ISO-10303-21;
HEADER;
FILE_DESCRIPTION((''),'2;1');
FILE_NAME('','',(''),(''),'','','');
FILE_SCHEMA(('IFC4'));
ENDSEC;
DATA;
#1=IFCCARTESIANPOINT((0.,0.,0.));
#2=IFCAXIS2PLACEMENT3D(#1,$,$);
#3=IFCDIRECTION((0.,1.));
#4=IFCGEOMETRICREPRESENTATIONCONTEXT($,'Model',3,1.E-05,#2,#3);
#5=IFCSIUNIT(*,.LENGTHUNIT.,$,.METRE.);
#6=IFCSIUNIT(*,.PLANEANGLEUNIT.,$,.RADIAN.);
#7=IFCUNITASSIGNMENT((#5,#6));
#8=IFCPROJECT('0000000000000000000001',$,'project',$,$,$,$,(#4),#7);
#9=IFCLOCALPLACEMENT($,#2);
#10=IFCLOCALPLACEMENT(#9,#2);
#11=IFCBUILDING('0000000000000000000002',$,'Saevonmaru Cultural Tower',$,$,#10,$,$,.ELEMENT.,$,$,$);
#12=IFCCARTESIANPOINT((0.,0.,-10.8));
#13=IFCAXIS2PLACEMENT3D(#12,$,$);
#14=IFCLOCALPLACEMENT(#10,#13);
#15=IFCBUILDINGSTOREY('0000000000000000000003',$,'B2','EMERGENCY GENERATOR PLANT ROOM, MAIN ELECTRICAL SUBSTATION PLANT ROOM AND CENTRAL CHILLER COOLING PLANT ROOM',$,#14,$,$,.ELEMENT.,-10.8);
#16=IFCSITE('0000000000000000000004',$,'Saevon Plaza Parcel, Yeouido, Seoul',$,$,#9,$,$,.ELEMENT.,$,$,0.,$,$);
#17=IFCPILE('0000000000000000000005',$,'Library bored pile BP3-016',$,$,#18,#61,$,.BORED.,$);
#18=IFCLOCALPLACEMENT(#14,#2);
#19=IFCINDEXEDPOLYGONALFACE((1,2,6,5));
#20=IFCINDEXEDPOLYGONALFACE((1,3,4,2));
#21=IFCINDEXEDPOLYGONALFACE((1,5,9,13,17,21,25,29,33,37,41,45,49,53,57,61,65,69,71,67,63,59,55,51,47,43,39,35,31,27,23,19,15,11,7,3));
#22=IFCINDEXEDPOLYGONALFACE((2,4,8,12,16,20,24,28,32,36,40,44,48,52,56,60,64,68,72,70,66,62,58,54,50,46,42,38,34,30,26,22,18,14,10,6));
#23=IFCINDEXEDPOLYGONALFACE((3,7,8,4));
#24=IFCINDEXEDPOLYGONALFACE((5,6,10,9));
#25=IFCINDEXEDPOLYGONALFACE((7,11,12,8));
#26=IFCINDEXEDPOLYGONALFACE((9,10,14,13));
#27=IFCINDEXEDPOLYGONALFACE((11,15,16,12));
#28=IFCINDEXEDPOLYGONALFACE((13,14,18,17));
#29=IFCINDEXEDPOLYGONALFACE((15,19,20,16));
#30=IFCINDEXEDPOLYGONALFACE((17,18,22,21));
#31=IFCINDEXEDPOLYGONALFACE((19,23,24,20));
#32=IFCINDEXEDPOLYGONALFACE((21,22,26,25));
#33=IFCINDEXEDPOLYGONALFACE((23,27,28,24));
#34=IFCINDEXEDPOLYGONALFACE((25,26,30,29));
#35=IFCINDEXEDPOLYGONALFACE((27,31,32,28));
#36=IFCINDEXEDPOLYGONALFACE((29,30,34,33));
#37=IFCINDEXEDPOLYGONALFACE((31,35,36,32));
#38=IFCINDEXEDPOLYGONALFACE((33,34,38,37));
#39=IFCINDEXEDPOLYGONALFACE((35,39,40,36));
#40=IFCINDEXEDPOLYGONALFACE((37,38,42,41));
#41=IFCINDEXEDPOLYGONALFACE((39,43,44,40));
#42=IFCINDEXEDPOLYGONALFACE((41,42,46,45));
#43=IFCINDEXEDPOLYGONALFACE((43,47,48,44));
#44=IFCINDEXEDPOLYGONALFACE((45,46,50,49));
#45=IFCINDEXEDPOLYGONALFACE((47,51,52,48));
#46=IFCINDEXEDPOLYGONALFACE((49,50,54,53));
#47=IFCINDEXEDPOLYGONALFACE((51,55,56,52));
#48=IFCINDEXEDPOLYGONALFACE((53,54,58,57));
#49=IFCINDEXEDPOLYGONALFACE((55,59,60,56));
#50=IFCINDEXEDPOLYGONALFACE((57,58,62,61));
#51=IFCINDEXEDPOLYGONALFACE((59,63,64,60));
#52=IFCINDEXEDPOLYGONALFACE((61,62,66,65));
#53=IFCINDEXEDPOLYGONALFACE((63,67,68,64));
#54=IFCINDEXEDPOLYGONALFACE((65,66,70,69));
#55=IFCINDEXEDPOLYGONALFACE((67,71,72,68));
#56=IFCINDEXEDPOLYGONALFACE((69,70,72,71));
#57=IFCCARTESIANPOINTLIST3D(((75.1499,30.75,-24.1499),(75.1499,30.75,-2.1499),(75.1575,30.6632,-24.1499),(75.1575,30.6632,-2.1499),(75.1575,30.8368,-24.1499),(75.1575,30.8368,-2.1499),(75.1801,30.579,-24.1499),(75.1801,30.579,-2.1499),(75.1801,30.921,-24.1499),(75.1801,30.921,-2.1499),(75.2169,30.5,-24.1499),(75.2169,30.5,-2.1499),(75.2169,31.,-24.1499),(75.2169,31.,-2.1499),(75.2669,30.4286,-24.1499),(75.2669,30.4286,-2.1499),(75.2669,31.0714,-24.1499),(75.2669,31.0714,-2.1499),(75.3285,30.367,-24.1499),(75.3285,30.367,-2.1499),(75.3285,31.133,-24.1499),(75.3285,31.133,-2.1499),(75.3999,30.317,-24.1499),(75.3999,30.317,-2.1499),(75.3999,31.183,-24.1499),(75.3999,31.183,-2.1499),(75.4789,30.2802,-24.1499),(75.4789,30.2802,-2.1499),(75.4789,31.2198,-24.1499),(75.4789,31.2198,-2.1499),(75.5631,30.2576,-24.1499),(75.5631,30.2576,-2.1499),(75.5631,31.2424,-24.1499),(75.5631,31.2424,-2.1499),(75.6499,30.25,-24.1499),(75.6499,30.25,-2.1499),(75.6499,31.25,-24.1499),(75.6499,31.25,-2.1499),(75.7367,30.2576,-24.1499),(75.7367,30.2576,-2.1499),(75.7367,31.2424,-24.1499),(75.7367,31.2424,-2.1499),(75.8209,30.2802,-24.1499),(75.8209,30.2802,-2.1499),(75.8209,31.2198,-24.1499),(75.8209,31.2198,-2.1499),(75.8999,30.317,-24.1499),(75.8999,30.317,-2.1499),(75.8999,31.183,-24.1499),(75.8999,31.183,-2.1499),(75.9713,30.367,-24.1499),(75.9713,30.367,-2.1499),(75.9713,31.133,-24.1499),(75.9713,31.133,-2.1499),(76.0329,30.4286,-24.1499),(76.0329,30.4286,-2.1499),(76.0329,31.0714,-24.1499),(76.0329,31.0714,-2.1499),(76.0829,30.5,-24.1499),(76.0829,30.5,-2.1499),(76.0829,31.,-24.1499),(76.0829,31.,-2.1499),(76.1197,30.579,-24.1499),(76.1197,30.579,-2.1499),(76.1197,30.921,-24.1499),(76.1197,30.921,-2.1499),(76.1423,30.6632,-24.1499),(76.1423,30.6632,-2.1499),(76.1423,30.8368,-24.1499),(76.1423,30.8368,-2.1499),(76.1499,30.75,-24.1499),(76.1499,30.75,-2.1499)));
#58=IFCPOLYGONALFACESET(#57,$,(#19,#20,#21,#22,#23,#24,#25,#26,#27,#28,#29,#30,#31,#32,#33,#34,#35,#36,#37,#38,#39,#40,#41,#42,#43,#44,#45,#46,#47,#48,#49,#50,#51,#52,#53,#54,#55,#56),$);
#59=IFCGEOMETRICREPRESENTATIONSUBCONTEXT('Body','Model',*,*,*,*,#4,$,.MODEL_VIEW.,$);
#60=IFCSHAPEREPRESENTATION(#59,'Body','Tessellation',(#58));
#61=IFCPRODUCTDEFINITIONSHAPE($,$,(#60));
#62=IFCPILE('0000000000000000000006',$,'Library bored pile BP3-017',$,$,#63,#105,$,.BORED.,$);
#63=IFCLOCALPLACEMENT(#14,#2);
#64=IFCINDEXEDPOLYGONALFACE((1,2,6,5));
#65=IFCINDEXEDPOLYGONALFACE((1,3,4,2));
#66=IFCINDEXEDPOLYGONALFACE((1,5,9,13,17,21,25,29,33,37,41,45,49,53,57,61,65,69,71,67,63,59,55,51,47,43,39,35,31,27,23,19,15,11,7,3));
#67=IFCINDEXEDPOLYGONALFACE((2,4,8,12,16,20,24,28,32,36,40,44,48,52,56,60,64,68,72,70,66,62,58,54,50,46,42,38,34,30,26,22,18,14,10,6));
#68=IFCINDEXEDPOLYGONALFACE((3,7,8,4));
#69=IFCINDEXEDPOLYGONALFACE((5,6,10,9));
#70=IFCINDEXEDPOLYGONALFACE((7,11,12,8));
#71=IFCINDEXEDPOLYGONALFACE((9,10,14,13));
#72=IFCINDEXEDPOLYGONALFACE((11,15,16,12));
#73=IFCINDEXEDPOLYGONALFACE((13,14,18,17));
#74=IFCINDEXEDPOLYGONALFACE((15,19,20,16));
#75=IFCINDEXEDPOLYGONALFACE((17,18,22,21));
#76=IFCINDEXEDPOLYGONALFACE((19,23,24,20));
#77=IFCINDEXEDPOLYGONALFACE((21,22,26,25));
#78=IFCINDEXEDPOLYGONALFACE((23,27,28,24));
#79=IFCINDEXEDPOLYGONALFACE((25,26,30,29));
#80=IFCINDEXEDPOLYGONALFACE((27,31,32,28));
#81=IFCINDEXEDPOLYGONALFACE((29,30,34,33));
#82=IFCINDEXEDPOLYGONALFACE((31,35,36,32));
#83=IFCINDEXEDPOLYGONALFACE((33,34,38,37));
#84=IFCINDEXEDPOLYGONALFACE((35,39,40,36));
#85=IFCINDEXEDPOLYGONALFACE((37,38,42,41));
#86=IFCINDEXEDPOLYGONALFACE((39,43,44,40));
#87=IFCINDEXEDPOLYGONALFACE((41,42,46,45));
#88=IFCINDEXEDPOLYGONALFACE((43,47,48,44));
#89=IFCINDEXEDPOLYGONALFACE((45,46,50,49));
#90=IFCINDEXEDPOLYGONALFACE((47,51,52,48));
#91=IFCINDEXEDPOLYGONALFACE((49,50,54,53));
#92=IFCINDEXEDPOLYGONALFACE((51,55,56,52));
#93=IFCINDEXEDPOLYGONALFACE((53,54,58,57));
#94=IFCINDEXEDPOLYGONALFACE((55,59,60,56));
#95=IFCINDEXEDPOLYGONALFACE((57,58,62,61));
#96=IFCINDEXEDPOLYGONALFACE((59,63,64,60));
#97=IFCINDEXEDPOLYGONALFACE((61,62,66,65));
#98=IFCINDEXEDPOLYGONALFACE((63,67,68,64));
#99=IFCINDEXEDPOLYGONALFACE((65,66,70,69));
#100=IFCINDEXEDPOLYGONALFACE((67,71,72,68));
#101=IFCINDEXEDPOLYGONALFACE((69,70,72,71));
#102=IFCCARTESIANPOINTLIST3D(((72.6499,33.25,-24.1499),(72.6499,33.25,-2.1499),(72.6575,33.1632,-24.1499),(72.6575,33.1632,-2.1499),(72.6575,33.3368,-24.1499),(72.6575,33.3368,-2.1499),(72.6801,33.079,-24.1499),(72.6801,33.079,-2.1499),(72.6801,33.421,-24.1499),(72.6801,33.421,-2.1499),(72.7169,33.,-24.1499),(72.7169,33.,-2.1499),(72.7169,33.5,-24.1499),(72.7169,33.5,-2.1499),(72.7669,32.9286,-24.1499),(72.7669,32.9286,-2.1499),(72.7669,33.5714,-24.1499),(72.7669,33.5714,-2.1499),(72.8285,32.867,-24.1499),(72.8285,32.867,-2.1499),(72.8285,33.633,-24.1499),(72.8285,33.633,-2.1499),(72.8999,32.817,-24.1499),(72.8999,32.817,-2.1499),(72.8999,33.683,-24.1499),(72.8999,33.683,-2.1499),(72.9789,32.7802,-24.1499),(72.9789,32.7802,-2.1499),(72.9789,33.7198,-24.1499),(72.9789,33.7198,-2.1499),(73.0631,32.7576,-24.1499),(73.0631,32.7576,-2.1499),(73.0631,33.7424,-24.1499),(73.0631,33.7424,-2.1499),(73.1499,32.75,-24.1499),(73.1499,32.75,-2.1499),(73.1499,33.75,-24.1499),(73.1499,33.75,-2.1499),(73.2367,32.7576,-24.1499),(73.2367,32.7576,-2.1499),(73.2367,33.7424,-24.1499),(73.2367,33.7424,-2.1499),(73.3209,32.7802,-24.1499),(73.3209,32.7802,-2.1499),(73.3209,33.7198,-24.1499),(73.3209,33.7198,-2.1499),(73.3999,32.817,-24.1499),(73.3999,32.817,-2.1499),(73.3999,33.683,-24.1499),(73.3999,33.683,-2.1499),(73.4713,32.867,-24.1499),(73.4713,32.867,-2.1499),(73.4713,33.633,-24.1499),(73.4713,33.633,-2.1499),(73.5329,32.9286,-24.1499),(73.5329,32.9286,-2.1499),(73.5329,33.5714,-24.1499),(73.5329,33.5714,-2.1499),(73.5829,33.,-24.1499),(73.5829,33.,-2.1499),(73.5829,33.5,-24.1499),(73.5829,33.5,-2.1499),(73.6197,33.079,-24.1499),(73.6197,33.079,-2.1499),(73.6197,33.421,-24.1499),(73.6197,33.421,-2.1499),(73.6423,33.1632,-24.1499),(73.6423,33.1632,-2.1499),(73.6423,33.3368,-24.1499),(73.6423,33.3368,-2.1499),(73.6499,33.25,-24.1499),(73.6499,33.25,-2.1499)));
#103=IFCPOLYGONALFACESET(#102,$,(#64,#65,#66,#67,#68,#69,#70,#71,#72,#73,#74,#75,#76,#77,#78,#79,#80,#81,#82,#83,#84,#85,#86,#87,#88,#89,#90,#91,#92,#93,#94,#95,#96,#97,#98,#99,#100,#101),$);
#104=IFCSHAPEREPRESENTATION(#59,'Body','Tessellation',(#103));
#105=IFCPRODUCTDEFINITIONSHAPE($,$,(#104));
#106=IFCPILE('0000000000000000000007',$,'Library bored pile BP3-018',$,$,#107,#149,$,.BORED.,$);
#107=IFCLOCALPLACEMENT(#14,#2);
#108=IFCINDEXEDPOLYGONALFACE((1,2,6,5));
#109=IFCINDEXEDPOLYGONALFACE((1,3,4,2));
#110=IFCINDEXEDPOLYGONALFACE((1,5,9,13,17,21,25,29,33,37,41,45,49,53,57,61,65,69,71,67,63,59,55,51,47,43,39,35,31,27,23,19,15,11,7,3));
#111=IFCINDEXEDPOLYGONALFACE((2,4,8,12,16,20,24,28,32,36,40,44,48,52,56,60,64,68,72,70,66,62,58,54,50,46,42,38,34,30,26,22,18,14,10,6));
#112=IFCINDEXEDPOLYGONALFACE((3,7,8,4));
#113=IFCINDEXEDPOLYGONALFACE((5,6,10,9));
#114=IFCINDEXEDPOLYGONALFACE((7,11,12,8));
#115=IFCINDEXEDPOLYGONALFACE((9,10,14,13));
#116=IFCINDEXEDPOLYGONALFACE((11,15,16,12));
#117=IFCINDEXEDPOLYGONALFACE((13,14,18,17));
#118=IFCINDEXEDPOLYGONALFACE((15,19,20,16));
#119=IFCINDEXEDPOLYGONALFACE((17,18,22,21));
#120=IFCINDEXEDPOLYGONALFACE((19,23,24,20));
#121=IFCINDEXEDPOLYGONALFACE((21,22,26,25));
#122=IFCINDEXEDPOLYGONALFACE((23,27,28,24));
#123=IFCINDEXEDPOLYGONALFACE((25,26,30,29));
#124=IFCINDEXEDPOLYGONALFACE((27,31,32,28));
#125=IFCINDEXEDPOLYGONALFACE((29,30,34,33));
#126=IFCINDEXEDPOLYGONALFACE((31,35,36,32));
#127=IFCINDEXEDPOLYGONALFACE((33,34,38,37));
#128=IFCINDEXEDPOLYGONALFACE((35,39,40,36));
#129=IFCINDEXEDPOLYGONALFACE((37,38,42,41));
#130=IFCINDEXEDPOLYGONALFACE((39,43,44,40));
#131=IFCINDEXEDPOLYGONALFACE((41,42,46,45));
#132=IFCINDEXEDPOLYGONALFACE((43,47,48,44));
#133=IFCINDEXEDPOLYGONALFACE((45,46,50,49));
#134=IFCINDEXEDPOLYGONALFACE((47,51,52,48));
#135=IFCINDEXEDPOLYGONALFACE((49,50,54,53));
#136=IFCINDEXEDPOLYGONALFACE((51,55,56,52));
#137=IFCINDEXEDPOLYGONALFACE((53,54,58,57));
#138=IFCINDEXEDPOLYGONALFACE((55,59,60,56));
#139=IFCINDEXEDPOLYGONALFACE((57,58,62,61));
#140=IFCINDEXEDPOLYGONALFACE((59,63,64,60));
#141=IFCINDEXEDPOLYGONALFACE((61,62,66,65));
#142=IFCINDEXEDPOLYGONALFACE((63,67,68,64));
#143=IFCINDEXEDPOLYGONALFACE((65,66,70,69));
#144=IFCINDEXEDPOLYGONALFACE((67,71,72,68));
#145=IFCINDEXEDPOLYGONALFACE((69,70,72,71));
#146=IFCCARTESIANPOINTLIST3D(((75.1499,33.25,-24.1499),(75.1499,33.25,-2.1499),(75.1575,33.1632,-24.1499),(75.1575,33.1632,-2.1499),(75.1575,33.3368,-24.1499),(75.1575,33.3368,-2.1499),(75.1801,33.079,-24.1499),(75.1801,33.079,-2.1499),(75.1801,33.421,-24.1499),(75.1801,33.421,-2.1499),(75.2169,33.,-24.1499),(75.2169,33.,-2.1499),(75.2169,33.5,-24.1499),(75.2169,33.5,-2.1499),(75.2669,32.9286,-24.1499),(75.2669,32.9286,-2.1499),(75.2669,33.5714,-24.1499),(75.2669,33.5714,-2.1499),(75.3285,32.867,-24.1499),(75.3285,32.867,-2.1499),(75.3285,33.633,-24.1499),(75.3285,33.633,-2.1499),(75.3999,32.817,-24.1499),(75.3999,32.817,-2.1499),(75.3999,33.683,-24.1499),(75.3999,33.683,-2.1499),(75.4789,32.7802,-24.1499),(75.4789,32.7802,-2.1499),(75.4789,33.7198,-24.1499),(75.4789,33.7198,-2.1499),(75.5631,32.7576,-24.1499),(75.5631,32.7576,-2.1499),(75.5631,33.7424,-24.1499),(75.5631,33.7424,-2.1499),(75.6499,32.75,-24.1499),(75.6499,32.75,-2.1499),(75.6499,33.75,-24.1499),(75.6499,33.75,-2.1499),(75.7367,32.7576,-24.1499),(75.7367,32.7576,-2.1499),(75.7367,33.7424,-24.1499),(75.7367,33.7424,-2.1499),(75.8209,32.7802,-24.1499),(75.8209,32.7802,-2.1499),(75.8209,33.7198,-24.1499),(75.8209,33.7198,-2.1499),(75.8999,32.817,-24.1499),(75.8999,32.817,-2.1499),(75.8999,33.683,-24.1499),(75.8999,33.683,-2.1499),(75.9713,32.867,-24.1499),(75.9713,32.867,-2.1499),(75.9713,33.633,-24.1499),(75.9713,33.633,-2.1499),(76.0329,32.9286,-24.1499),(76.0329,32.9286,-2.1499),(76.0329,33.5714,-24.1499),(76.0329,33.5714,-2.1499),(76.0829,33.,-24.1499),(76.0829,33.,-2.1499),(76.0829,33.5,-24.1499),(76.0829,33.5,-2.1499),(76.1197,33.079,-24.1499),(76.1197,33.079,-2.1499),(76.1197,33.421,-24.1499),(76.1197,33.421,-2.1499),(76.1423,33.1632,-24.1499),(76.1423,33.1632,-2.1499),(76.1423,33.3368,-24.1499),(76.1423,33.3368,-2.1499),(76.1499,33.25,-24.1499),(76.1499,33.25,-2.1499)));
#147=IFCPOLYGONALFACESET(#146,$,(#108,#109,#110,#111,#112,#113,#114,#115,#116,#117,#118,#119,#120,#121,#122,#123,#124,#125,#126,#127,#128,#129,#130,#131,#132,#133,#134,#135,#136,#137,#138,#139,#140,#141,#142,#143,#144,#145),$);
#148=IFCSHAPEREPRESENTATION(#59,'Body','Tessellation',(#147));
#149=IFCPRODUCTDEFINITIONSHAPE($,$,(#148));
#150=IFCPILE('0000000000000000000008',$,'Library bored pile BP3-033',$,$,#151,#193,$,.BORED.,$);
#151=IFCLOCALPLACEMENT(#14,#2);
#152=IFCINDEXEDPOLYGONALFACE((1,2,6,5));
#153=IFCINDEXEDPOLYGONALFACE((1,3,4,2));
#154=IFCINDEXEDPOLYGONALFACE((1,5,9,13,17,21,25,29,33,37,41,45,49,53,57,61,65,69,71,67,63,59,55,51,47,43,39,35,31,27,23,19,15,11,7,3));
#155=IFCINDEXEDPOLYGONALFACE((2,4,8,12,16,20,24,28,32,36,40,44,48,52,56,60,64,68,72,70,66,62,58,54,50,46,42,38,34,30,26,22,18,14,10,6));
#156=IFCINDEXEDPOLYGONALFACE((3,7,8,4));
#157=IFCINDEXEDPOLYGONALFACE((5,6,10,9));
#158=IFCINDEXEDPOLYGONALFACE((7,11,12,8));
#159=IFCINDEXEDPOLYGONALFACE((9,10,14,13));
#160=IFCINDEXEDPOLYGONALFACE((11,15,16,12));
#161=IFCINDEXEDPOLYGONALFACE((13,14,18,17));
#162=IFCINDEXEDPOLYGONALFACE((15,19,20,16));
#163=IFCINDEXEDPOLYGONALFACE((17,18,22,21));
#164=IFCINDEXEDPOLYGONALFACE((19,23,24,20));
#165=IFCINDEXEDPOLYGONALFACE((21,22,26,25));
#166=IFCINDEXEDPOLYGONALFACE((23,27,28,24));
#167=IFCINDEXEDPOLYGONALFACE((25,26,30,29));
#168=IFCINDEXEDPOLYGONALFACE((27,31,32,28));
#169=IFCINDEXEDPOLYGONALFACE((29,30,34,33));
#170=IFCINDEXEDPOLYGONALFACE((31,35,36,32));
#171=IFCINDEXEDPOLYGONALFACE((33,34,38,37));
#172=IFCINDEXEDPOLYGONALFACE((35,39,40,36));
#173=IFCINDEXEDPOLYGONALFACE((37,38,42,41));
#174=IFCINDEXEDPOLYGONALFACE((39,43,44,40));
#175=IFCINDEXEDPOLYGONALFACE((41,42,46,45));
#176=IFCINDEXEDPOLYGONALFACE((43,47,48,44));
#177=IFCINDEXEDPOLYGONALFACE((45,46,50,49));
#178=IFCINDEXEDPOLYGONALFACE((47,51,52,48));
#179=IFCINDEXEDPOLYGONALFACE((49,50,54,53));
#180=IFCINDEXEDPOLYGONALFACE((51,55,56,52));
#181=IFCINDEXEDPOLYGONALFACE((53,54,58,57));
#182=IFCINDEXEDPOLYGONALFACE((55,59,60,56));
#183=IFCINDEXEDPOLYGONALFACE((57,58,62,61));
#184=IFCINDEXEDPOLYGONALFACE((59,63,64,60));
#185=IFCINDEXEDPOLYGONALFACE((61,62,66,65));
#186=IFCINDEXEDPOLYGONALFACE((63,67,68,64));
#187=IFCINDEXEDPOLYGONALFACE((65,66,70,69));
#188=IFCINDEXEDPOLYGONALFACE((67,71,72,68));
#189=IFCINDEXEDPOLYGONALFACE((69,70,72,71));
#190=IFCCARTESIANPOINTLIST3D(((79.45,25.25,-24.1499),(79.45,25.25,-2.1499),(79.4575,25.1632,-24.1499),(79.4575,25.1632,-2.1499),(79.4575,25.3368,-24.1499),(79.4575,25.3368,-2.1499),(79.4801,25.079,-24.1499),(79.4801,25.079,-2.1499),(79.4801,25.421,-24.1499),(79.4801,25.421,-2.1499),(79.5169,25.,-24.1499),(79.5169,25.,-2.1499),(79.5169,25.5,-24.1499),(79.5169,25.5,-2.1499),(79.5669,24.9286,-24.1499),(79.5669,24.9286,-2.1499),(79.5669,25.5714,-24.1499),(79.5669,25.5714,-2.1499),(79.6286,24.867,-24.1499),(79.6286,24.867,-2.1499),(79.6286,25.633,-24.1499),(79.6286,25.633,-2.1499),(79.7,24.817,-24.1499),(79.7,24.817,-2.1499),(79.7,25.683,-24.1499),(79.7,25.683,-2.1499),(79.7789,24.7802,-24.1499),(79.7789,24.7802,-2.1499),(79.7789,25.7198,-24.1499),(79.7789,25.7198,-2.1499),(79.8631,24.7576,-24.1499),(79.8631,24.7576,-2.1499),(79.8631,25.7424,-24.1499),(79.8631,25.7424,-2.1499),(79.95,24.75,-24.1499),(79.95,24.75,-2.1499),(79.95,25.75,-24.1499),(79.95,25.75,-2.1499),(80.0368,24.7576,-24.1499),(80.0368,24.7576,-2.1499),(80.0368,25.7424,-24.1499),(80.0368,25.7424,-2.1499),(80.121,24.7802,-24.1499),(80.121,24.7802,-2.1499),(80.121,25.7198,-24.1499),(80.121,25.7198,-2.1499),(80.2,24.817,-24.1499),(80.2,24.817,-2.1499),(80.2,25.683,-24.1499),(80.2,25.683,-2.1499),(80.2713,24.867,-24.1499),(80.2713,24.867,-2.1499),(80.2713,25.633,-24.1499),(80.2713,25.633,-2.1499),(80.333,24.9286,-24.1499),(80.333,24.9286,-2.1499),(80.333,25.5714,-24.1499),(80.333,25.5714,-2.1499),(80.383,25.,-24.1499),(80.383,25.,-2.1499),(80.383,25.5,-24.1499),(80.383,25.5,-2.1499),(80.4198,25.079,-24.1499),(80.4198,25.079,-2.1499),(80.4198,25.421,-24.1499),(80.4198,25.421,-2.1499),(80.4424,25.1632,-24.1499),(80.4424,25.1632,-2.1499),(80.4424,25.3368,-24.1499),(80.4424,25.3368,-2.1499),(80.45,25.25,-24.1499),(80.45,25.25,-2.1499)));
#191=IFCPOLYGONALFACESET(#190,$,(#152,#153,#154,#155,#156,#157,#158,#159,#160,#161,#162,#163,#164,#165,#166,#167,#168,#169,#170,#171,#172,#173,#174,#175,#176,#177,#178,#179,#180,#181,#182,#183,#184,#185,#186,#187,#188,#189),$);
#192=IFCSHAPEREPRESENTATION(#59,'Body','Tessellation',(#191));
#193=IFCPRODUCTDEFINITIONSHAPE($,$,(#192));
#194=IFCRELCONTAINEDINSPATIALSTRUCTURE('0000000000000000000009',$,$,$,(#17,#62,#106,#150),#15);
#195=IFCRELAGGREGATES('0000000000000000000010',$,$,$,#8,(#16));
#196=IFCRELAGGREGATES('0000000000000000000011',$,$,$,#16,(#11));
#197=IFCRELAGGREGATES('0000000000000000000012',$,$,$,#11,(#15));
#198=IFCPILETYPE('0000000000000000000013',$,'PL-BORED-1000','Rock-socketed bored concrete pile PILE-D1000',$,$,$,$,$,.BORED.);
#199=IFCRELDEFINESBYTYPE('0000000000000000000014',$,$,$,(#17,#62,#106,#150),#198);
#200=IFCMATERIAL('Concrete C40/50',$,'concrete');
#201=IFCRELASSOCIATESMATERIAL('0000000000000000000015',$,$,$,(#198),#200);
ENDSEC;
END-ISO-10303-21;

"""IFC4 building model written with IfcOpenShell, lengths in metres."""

from ifc_helpers import new_model, si_unit, direction, frame, origin, origin_2d, place, context, subcontext, project, spatial, circle, extrude, material, material_profile, profile_set, type_object, element, save


model = new_model("IFC4")

# Units and contexts
model_context = context("Model", 3, precision=1e-05, world=origin(), true_north=direction((0.0, 1.0)))
body_context = subcontext(model_context, "Body", "Model", "MODEL_VIEW")
ifc_project = project(units=[si_unit("LENGTHUNIT", "METRE"), si_unit("PLANEANGLEUNIT", "RADIAN")], contexts=[model_context])

# Site, building, storey
site_placement = place(None, origin())
site = spatial("IfcSite", under=ifc_project, at=site_placement, Name="Saevon Plaza Parcel, Yeouido, Seoul", CompositionType="ELEMENT", RefElevation=0.0)
building_placement = place(site_placement, origin())
building = spatial("IfcBuilding", under=site, at=building_placement, Name="Saevonmaru Cultural Tower", CompositionType="ELEMENT")
storey_placement = place(building_placement, frame((0.0, 0.0, -10.8)))
storey = spatial("IfcBuildingStorey", under=building, at=storey_placement, Name="B2", Description="EMERGENCY GENERATOR PLANT ROOM, MAIN ELECTRICAL SUBSTATION PLANT ROOM AND CENTRAL CHILLER COOLING PLANT ROOM", CompositionType="ELEMENT", Elevation=-10.8)

# Piles
ifc_material_1 = material(Name="Concrete C40/50", Category="concrete")
ifc_material_profile_1 = material_profile(ifc_material_1, circle(Radius=0.5, at=origin_2d()), Name="PILE-D1000")
ifc_profile_set_1 = profile_set([ifc_material_profile_1], Name="Concrete C40/50")
pile_type_1 = type_object("IfcPileType", Name="PL-BORED-1000", Description="Rock-socketed bored concrete pile PILE-D1000", PredefinedType="BORED", material=ifc_profile_set_1)
for number, where, z_axis, x_axis, name in (
    (1, (75.6499, 30.75, -2.1499), (0.0, 0.0, -1.0), (1.0, 0.0, 0.0), "Library bored pile BP3-016"),
    (2, (73.1499, 33.25, -2.1499), (0.0, 0.0, -1.0), (1.0, 0.0, 0.0), "Library bored pile BP3-017"),
    (3, (75.6499, 33.25, -2.1499), (0.0, 0.0, -1.0), (1.0, 0.0, 0.0), "Library bored pile BP3-018"),
    (4, (79.95, 25.25, -2.1499), (0.0, 0.0, -1.0), (1.0, 0.0, 0.0), "Library bored pile BP3-033"),
):
    element("IfcPile", number, at=place(storey_placement, frame(where, z_axis=z_axis, x_axis=x_axis)), inside=storey, type_object=pile_type_1, Name=name, PredefinedType="BORED", context=body_context, shape_type="SweptSolid", body=[
        extrude(circle(Radius=0.5, at=origin_2d()), origin(), (0.0, 0.0, 1.0), 22.0),
    ])

save(model, "model.ifc")
